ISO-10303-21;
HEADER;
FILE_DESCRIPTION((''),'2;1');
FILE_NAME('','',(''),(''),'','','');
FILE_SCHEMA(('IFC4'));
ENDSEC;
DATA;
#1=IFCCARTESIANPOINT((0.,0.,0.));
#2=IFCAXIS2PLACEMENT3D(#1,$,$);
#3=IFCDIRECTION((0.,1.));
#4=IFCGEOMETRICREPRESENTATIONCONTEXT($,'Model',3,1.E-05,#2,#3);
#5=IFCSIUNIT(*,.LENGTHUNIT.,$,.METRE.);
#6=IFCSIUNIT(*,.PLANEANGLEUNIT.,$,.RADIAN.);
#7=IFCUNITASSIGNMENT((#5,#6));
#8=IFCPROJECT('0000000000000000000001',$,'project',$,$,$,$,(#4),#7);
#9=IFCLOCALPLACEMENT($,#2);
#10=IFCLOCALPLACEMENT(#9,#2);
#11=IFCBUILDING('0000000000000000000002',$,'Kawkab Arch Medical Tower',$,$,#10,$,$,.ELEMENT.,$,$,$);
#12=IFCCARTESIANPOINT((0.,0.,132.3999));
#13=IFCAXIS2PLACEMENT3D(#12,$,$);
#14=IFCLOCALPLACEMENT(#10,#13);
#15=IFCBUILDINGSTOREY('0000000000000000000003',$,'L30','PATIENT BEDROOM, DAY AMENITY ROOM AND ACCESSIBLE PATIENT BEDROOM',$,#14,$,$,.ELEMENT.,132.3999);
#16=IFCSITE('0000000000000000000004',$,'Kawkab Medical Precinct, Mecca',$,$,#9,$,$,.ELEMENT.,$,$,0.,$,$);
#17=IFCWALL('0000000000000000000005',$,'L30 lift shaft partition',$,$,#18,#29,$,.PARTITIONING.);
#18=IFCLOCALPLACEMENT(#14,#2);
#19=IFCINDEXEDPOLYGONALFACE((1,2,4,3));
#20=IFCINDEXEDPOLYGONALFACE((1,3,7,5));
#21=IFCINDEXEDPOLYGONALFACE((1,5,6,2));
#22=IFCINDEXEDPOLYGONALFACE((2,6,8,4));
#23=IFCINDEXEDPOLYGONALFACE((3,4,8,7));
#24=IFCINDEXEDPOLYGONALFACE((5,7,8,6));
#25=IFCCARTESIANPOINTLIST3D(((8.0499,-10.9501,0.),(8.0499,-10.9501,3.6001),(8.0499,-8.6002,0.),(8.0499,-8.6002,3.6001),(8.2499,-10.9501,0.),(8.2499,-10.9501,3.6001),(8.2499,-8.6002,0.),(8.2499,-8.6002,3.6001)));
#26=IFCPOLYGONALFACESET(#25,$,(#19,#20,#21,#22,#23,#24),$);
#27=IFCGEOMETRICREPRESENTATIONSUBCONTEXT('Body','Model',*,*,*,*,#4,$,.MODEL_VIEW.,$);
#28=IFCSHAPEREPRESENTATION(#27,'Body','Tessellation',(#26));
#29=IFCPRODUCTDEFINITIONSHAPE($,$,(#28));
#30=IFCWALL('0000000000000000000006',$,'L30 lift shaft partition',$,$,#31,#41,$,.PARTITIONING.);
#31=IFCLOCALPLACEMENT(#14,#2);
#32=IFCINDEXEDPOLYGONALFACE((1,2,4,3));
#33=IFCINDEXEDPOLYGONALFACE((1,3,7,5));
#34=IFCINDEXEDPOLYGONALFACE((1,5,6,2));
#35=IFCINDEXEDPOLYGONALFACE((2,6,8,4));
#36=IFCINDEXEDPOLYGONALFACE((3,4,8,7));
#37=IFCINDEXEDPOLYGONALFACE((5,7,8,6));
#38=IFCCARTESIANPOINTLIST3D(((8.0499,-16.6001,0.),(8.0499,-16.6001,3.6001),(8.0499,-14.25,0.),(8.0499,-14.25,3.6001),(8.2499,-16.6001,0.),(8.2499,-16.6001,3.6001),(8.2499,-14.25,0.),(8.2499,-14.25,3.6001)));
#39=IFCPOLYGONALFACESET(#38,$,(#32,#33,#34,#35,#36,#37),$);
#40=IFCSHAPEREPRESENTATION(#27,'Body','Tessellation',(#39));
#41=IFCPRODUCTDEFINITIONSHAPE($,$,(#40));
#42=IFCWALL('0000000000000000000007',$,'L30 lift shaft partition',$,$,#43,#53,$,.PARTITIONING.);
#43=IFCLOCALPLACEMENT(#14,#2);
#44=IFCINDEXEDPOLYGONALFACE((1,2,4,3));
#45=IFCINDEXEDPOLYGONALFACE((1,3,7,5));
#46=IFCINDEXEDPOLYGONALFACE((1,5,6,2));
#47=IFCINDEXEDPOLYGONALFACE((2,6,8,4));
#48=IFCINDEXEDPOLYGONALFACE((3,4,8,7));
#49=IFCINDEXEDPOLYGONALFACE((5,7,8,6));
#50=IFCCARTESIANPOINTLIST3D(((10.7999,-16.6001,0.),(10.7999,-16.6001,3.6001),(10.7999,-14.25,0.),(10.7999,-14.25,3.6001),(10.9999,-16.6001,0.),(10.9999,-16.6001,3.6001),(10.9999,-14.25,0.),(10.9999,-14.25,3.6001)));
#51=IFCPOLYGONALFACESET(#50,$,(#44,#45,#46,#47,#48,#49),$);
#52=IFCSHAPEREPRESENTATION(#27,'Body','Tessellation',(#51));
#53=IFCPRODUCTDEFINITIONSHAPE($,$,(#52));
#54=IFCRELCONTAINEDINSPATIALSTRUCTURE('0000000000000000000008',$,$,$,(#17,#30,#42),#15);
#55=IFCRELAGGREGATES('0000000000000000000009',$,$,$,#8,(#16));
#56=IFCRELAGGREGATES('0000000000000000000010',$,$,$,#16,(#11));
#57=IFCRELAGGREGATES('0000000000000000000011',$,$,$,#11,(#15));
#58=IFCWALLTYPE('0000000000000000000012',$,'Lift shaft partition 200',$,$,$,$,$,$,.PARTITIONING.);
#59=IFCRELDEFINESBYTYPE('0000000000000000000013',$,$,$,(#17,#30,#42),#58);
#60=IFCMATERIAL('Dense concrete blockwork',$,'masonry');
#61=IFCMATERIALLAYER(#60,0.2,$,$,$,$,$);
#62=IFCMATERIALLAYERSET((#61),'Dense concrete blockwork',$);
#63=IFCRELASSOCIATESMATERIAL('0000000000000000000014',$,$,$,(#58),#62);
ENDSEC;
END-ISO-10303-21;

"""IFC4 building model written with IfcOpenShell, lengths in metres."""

from ifc_helpers import new_model, si_unit, direction, frame, frame_2d, origin, place, context, subcontext, project, spatial, rectangle, extrude, material, layer, layer_set, type_object, element, save


model = new_model("IFC4")

# Units and contexts
model_context = context("Model", 3, precision=1e-05, world=origin(), true_north=direction((0.0, 1.0)))
body_context = subcontext(model_context, "Body", "Model", "MODEL_VIEW")
ifc_project = project(units=[si_unit("LENGTHUNIT", "METRE"), si_unit("PLANEANGLEUNIT", "RADIAN")], contexts=[model_context])

# Site, building, storey
site_placement = place(None, origin())
site = spatial("IfcSite", under=ifc_project, at=site_placement, Name="Kawkab Medical Precinct, Mecca", CompositionType="ELEMENT", RefElevation=0.0)
building_placement = place(site_placement, origin())
building = spatial("IfcBuilding", under=site, at=building_placement, Name="Kawkab Arch Medical Tower", CompositionType="ELEMENT")
storey_placement = place(building_placement, frame((0.0, 0.0, 132.3999)))
storey = spatial("IfcBuildingStorey", under=building, at=storey_placement, Name="L30", Description="PATIENT BEDROOM, DAY AMENITY ROOM AND ACCESSIBLE PATIENT BEDROOM", CompositionType="ELEMENT", Elevation=132.3999)

# Walls
ifc_material_1 = material(Name="Dense concrete blockwork", Category="masonry")
ifc_layer_1 = layer(ifc_material_1, 0.2)
ifc_layer_set_1 = layer_set([ifc_layer_1], Name="Dense concrete blockwork")
wall_type_1 = type_object("IfcWallType", Name="Lift shaft partition 200", PredefinedType="PARTITIONING", material=ifc_layer_set_1)
wall_1_placement = place(storey_placement, frame((8.1499, -10.95, 0.0), z_axis=(0.0, 0.0, 1.0), x_axis=(0.0, 1.0, 0.0)))
element("IfcWall", 1, at=wall_1_placement, inside=storey, type_object=wall_type_1, Name="L30 lift shaft partition", PredefinedType="PARTITIONING", context=body_context, shape_type="SweptSolid", body=[
    extrude(rectangle(XDim=2.3499, YDim=0.2, at=frame_2d((1.1748, 0.0))), origin(), (0.0, 0.0, 1.0), 3.6001),
])
for number, where, z_axis, x_axis, name in (
    (2, (8.1499, -16.6001, 0.0), (0.0, 0.0, 1.0), (0.0, 1.0, 0.0), "L30 lift shaft partition"),
    (3, (10.8999, -16.6001, 0.0), (0.0, 0.0, 1.0), (0.0, 1.0, 0.0), "L30 lift shaft partition"),
):
    element("IfcWall", number, at=place(storey_placement, frame(where, z_axis=z_axis, x_axis=x_axis)), inside=storey, type_object=wall_type_1, Name=name, PredefinedType="PARTITIONING", context=body_context, shape_type="SweptSolid", body=[
        extrude(rectangle(XDim=2.3501, YDim=0.2, at=frame_2d((1.175, 0.0))), origin(), (0.0, 0.0, 1.0), 3.6001),
    ])

save(model, "model.ifc")
